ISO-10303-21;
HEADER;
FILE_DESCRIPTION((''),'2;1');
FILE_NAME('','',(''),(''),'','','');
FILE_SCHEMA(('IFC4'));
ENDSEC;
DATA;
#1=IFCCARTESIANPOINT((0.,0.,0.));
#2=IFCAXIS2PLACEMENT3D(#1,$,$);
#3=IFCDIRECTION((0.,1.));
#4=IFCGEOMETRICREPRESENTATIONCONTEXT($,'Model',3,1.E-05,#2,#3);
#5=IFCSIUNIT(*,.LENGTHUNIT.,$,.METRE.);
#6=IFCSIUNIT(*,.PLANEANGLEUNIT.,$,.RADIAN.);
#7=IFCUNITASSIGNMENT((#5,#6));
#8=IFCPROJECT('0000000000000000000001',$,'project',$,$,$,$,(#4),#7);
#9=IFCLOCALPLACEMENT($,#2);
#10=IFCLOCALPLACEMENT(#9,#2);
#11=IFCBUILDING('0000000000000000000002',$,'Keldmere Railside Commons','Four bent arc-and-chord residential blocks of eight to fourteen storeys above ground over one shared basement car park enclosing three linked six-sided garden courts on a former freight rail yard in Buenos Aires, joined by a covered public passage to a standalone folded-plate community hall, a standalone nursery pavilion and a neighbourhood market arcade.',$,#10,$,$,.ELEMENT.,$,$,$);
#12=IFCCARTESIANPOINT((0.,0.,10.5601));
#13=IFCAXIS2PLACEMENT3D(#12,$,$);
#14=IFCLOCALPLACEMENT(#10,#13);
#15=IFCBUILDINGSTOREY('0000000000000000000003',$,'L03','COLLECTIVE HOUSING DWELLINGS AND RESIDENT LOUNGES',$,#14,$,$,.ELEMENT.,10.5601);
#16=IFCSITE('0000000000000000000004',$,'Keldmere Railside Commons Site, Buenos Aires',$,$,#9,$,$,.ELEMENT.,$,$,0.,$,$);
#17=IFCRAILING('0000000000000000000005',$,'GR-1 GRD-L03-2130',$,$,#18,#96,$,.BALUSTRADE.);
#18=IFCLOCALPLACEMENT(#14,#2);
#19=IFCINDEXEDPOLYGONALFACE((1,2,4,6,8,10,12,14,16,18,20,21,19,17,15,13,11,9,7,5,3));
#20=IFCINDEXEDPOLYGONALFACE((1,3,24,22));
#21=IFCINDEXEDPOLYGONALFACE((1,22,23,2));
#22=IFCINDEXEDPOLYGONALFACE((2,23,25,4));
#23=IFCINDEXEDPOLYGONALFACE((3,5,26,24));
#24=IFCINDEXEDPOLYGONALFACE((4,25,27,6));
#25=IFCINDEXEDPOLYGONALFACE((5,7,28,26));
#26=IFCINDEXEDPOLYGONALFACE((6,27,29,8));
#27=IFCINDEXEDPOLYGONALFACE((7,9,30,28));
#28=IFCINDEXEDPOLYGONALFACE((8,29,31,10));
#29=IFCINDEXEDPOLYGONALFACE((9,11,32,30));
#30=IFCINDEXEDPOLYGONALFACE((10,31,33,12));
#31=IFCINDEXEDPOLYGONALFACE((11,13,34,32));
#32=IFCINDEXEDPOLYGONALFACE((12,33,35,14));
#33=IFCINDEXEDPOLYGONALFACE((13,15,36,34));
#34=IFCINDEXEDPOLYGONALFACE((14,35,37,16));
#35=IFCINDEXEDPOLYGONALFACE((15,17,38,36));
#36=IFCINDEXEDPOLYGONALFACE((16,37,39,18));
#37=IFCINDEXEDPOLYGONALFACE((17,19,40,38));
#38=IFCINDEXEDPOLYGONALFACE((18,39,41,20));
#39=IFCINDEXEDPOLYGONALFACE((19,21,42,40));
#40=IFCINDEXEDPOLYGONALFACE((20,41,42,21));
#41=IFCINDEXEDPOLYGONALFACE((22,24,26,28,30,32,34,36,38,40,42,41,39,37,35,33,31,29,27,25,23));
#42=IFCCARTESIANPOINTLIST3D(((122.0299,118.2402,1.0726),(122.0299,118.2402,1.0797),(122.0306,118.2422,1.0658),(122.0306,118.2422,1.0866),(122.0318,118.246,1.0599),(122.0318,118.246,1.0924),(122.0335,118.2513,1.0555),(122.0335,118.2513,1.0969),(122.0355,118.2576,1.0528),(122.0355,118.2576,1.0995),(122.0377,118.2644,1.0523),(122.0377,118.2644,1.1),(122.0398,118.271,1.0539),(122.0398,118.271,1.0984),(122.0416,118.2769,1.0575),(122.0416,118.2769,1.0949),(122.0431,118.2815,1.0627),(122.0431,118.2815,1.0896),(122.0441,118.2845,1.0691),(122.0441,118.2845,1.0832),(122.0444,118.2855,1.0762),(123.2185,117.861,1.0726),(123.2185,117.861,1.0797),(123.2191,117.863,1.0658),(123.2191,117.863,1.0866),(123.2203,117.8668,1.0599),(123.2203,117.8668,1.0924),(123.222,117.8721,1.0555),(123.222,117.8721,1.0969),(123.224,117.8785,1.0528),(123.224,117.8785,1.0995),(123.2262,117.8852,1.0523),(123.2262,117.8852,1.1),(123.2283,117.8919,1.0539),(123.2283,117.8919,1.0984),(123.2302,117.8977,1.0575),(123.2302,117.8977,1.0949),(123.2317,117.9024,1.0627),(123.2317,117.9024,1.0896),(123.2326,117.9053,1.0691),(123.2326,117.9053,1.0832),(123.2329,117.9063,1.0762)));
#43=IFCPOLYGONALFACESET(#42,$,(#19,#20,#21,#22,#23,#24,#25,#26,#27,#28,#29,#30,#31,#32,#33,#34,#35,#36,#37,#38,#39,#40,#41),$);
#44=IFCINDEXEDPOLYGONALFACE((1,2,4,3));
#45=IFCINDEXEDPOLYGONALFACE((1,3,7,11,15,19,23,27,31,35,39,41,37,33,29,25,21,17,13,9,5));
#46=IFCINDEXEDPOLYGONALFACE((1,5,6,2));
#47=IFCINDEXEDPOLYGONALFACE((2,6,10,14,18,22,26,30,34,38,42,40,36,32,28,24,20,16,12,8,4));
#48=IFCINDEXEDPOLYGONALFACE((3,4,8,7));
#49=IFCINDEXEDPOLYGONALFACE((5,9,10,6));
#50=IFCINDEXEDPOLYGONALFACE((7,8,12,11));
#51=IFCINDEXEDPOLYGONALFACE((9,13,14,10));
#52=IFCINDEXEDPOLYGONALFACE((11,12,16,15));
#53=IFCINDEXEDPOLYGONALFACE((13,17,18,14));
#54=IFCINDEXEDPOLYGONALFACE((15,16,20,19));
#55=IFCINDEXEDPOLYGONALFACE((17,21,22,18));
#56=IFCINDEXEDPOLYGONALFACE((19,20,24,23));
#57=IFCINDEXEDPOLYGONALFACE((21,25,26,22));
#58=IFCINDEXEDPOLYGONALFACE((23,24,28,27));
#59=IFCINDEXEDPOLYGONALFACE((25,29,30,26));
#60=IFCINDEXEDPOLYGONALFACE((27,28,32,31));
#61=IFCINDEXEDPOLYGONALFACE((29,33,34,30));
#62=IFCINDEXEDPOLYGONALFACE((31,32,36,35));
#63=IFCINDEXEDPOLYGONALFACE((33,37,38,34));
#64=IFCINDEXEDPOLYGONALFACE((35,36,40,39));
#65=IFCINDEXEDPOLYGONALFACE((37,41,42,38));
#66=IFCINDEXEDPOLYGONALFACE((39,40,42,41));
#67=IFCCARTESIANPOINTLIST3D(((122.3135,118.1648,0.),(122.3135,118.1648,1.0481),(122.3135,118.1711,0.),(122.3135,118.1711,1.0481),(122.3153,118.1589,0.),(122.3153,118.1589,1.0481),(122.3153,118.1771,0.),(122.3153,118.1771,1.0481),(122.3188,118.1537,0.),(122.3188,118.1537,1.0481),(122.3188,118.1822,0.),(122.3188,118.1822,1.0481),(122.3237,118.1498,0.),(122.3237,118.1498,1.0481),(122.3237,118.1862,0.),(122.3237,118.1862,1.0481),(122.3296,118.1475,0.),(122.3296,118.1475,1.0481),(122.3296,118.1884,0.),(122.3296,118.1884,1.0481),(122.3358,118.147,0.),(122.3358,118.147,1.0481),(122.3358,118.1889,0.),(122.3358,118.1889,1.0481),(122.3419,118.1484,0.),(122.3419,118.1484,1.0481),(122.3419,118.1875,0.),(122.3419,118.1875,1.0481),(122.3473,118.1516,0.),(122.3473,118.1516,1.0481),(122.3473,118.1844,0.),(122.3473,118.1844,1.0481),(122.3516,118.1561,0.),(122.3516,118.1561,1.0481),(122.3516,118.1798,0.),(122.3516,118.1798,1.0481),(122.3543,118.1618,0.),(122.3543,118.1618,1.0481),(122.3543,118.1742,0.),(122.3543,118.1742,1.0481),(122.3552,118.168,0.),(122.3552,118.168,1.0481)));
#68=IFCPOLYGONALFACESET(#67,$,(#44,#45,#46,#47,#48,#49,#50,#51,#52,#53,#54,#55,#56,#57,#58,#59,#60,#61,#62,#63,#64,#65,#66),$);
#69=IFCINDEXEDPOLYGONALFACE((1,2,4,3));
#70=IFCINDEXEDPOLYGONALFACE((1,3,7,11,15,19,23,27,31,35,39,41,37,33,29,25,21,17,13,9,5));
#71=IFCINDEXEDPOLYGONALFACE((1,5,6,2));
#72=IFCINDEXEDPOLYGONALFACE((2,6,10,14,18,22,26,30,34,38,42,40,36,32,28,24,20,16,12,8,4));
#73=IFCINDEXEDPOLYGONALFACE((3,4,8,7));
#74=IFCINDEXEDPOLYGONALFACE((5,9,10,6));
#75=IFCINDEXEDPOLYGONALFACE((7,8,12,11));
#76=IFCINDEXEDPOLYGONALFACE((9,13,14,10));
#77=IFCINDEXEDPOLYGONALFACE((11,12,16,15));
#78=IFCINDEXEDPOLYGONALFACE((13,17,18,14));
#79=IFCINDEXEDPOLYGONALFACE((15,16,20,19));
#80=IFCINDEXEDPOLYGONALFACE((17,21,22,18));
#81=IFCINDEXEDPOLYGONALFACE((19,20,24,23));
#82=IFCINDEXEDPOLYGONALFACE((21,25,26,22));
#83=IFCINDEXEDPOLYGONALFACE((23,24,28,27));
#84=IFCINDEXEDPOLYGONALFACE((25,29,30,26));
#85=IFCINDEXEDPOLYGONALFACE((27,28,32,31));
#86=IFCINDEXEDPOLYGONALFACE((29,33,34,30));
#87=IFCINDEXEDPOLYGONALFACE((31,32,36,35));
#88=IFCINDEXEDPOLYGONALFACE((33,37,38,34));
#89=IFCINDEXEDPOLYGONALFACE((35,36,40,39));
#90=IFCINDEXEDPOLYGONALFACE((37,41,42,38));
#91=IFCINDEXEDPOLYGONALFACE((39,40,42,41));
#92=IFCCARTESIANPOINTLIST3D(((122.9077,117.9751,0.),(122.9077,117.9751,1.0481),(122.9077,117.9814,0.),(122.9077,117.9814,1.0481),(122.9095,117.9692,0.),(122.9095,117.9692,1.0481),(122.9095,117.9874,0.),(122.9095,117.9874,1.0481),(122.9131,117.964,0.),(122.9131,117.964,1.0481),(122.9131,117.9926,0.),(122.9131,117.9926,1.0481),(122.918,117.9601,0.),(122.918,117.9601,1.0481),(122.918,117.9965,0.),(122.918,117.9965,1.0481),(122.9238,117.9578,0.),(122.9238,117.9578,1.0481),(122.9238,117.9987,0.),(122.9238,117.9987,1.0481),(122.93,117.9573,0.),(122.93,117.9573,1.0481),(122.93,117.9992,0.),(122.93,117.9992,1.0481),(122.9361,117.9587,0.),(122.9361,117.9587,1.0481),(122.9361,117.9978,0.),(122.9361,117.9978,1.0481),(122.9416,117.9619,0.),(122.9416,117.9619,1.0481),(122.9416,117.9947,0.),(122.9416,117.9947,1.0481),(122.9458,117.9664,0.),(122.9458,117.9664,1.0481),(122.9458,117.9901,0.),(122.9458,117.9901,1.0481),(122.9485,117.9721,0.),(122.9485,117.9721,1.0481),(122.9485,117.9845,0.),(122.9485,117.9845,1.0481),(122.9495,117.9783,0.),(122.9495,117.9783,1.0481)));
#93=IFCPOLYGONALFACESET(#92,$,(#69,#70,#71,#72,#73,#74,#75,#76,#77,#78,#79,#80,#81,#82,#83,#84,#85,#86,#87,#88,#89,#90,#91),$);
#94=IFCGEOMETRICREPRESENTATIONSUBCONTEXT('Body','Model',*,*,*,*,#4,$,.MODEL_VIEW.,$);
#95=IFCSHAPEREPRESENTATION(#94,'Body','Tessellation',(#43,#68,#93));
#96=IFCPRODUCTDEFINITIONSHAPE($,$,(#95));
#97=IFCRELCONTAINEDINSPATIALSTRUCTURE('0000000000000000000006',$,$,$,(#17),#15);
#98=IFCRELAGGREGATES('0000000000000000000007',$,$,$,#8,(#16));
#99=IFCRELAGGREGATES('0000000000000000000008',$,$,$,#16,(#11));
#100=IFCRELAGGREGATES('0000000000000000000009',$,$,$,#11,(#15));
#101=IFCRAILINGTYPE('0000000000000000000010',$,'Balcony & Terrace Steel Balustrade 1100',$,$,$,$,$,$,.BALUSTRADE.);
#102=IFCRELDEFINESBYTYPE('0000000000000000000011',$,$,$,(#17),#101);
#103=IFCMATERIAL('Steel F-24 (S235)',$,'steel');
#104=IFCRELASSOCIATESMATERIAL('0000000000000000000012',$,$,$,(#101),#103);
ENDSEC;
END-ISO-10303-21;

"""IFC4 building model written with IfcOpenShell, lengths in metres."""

from ifc_helpers import new_model, si_unit, direction, frame, origin, origin_2d, place, context, subcontext, project, spatial, circle, extrude, material, type_object, element, save


model = new_model("IFC4")

# Units and contexts
model_context = context("Model", 3, precision=1e-05, world=origin(), true_north=direction((0.0, 1.0)))
body_context = subcontext(model_context, "Body", "Model", "MODEL_VIEW")
ifc_project = project(units=[si_unit("LENGTHUNIT", "METRE"), si_unit("PLANEANGLEUNIT", "RADIAN")], contexts=[model_context])

# Site, building, storey
site_placement = place(None, origin())
site = spatial("IfcSite", under=ifc_project, at=site_placement, Name="Keldmere Railside Commons Site, Buenos Aires", CompositionType="ELEMENT", RefElevation=0.0)
building_placement = place(site_placement, origin())
building = spatial("IfcBuilding", under=site, at=building_placement, Name="Keldmere Railside Commons", Description="Four bent arc-and-chord residential blocks of eight to fourteen storeys above ground over one shared basement car park enclosing three linked six-sided garden courts on a former freight rail yard in Buenos Aires, joined by a covered public passage to a standalone folded-plate community hall, a standalone nursery pavilion and a neighbourhood market arcade.", CompositionType="ELEMENT")
storey_placement = place(building_placement, frame((0.0, 0.0, 10.5601)))
storey = spatial("IfcBuildingStorey", under=building, at=storey_placement, Name="L03", Description="COLLECTIVE HOUSING DWELLINGS AND RESIDENT LOUNGES", CompositionType="ELEMENT", Elevation=10.5601)

# Railing
ifc_material_1 = material(Name="Steel F-24 (S235)", Category="steel")
railing_type = type_object("IfcRailingType", Name="Balcony & Terrace Steel Balustrade 1100", PredefinedType="BALUSTRADE", material=ifc_material_1)
railing_1_placement = place(storey_placement, frame((122.0371, 118.2627, 0.0)))
element("IfcRailing", 1, at=railing_1_placement, inside=storey, type_object=railing_type, Name="GR-1 GRD-L03-2130", PredefinedType="BALUSTRADE", context=body_context, shape_type="SweptSolid", body=[
    extrude(circle(Radius=0.0239, at=origin_2d()), frame((0.0, 0.0, 1.0762), z_axis=(0.952694, -0.303931, 0.0), x_axis=(0.303931, 0.952694, 0.0)), (0.0, 0.0, 1.0), 1.2476),
    extrude(circle(Radius=0.021, at=origin_2d()), frame((0.2971, -0.0947, 0.0)), (0.0, 0.0, 1.0), 1.0481),
    extrude(circle(Radius=0.021, at=origin_2d()), frame((0.8914, -0.2844, 0.0)), (0.0, 0.0, 1.0), 1.0481),
])

save(model, "model.ifc")
